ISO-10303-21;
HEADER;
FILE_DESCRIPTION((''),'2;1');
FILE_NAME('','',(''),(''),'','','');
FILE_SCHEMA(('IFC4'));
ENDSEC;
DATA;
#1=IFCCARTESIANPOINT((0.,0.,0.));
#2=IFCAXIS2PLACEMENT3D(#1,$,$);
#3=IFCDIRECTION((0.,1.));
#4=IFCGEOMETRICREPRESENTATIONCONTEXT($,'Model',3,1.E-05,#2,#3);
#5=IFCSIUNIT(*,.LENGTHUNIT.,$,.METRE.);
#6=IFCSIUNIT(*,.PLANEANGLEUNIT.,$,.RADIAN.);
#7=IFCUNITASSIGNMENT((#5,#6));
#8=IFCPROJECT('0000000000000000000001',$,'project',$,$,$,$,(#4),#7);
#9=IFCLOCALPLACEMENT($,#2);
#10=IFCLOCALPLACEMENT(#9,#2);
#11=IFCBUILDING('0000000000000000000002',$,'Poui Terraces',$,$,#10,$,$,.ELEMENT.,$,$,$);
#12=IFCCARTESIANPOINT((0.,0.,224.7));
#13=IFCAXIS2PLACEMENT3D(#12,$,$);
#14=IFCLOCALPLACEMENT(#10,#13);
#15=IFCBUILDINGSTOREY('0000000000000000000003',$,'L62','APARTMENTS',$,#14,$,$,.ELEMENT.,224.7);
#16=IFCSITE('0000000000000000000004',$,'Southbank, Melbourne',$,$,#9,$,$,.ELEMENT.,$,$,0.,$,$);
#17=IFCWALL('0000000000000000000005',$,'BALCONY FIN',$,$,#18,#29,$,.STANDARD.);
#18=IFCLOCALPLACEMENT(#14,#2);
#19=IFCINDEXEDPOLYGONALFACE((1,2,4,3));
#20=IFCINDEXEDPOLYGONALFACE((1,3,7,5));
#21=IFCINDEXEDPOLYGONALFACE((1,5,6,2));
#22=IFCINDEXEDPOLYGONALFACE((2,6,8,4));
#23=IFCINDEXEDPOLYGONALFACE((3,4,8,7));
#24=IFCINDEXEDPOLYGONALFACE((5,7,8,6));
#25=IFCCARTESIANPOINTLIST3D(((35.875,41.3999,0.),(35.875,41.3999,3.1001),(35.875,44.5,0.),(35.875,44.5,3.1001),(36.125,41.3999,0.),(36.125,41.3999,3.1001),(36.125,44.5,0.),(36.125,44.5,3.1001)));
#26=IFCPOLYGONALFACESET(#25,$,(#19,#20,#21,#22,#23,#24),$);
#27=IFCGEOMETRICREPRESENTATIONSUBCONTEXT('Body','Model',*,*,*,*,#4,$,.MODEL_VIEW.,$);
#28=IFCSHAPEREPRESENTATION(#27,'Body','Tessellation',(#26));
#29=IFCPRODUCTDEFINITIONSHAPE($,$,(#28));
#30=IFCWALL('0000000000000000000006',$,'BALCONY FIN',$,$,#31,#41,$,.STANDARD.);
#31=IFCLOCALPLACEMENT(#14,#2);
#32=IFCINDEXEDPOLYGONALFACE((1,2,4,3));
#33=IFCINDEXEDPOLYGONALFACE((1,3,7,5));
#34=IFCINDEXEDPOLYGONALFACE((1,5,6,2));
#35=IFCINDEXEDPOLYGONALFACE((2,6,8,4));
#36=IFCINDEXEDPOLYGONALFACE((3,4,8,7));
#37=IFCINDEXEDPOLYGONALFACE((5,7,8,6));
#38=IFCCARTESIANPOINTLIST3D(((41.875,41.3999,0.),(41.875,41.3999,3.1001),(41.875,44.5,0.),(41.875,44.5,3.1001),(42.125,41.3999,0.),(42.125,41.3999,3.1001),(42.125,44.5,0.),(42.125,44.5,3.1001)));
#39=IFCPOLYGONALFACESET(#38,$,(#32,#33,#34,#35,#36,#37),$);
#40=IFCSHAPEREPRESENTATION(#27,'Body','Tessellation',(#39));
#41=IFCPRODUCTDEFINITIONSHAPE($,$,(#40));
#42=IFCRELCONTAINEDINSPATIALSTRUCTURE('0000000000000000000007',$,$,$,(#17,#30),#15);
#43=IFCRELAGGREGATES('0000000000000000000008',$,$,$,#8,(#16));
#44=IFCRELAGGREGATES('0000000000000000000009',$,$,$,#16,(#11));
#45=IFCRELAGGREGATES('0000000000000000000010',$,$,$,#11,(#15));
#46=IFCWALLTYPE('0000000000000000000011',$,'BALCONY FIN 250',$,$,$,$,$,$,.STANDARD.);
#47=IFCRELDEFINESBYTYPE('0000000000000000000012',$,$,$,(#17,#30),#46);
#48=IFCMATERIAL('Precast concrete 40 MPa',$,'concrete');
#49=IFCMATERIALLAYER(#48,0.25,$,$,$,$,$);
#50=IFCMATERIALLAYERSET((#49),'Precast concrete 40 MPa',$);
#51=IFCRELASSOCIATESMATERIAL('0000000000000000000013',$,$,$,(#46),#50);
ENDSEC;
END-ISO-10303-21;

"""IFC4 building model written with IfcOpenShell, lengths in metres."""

from ifc_helpers import new_model, si_unit, direction, frame, origin, place, context, subcontext, project, spatial, polyline, outline, extrude, source, transform, mapped, material, layer, layer_set, type_object, element, save


model = new_model("IFC4")

# Units and contexts
model_context = context("Model", 3, precision=1e-05, world=origin(), true_north=direction((0.0, 1.0)))
body_context = subcontext(model_context, "Body", "Model", "MODEL_VIEW")
ifc_project = project(units=[si_unit("LENGTHUNIT", "METRE"), si_unit("PLANEANGLEUNIT", "RADIAN")], contexts=[model_context])

# Site, building, storey
site_placement = place(None, origin())
site = spatial("IfcSite", under=ifc_project, at=site_placement, Name="Southbank, Melbourne", CompositionType="ELEMENT", RefElevation=0.0)
building_placement = place(site_placement, origin())
building = spatial("IfcBuilding", under=site, at=building_placement, Name="Poui Terraces", CompositionType="ELEMENT")
storey_placement = place(building_placement, frame((0.0, 0.0, 224.7)))
storey = spatial("IfcBuildingStorey", under=building, at=storey_placement, Name="L62", Description="APARTMENTS", CompositionType="ELEMENT", Elevation=224.7)

# Walls
ifc_material_1 = material(Name="Precast concrete 40 MPa", Category="concrete")
ifc_layer_1 = layer(ifc_material_1, 0.25)
ifc_layer_set_1 = layer_set([ifc_layer_1], Name="Precast concrete 40 MPa")
wall_type_1 = type_object("IfcWallType", Name="BALCONY FIN 250", PredefinedType="STANDARD", material=ifc_layer_set_1)
shared_shape_1 = source(origin(), body_context, "Body", "SweptSolid", [
    extrude(outline(polyline([(0.0, 0.0), (0.25, 0.0), (0.25, 3.1001), (0.0, 3.1001), (0.0, 0.0)])), origin(), (0.0, 0.0, 1.0), 3.1001),
])
for number, where, name in (
    (1, (35.875, 41.3999, 0.0), "BALCONY FIN"),
    (2, (41.875, 41.3999, 0.0), "BALCONY FIN"),
):
    element("IfcWall", number, at=place(storey_placement, frame(where)), inside=storey, type_object=wall_type_1, Name=name, PredefinedType="STANDARD", context=body_context, shape_type="MappedRepresentation", body=[
        mapped(shared_shape_1, transform((0.0, 0.0, 0.0))),
    ])

save(model, "model.ifc")
